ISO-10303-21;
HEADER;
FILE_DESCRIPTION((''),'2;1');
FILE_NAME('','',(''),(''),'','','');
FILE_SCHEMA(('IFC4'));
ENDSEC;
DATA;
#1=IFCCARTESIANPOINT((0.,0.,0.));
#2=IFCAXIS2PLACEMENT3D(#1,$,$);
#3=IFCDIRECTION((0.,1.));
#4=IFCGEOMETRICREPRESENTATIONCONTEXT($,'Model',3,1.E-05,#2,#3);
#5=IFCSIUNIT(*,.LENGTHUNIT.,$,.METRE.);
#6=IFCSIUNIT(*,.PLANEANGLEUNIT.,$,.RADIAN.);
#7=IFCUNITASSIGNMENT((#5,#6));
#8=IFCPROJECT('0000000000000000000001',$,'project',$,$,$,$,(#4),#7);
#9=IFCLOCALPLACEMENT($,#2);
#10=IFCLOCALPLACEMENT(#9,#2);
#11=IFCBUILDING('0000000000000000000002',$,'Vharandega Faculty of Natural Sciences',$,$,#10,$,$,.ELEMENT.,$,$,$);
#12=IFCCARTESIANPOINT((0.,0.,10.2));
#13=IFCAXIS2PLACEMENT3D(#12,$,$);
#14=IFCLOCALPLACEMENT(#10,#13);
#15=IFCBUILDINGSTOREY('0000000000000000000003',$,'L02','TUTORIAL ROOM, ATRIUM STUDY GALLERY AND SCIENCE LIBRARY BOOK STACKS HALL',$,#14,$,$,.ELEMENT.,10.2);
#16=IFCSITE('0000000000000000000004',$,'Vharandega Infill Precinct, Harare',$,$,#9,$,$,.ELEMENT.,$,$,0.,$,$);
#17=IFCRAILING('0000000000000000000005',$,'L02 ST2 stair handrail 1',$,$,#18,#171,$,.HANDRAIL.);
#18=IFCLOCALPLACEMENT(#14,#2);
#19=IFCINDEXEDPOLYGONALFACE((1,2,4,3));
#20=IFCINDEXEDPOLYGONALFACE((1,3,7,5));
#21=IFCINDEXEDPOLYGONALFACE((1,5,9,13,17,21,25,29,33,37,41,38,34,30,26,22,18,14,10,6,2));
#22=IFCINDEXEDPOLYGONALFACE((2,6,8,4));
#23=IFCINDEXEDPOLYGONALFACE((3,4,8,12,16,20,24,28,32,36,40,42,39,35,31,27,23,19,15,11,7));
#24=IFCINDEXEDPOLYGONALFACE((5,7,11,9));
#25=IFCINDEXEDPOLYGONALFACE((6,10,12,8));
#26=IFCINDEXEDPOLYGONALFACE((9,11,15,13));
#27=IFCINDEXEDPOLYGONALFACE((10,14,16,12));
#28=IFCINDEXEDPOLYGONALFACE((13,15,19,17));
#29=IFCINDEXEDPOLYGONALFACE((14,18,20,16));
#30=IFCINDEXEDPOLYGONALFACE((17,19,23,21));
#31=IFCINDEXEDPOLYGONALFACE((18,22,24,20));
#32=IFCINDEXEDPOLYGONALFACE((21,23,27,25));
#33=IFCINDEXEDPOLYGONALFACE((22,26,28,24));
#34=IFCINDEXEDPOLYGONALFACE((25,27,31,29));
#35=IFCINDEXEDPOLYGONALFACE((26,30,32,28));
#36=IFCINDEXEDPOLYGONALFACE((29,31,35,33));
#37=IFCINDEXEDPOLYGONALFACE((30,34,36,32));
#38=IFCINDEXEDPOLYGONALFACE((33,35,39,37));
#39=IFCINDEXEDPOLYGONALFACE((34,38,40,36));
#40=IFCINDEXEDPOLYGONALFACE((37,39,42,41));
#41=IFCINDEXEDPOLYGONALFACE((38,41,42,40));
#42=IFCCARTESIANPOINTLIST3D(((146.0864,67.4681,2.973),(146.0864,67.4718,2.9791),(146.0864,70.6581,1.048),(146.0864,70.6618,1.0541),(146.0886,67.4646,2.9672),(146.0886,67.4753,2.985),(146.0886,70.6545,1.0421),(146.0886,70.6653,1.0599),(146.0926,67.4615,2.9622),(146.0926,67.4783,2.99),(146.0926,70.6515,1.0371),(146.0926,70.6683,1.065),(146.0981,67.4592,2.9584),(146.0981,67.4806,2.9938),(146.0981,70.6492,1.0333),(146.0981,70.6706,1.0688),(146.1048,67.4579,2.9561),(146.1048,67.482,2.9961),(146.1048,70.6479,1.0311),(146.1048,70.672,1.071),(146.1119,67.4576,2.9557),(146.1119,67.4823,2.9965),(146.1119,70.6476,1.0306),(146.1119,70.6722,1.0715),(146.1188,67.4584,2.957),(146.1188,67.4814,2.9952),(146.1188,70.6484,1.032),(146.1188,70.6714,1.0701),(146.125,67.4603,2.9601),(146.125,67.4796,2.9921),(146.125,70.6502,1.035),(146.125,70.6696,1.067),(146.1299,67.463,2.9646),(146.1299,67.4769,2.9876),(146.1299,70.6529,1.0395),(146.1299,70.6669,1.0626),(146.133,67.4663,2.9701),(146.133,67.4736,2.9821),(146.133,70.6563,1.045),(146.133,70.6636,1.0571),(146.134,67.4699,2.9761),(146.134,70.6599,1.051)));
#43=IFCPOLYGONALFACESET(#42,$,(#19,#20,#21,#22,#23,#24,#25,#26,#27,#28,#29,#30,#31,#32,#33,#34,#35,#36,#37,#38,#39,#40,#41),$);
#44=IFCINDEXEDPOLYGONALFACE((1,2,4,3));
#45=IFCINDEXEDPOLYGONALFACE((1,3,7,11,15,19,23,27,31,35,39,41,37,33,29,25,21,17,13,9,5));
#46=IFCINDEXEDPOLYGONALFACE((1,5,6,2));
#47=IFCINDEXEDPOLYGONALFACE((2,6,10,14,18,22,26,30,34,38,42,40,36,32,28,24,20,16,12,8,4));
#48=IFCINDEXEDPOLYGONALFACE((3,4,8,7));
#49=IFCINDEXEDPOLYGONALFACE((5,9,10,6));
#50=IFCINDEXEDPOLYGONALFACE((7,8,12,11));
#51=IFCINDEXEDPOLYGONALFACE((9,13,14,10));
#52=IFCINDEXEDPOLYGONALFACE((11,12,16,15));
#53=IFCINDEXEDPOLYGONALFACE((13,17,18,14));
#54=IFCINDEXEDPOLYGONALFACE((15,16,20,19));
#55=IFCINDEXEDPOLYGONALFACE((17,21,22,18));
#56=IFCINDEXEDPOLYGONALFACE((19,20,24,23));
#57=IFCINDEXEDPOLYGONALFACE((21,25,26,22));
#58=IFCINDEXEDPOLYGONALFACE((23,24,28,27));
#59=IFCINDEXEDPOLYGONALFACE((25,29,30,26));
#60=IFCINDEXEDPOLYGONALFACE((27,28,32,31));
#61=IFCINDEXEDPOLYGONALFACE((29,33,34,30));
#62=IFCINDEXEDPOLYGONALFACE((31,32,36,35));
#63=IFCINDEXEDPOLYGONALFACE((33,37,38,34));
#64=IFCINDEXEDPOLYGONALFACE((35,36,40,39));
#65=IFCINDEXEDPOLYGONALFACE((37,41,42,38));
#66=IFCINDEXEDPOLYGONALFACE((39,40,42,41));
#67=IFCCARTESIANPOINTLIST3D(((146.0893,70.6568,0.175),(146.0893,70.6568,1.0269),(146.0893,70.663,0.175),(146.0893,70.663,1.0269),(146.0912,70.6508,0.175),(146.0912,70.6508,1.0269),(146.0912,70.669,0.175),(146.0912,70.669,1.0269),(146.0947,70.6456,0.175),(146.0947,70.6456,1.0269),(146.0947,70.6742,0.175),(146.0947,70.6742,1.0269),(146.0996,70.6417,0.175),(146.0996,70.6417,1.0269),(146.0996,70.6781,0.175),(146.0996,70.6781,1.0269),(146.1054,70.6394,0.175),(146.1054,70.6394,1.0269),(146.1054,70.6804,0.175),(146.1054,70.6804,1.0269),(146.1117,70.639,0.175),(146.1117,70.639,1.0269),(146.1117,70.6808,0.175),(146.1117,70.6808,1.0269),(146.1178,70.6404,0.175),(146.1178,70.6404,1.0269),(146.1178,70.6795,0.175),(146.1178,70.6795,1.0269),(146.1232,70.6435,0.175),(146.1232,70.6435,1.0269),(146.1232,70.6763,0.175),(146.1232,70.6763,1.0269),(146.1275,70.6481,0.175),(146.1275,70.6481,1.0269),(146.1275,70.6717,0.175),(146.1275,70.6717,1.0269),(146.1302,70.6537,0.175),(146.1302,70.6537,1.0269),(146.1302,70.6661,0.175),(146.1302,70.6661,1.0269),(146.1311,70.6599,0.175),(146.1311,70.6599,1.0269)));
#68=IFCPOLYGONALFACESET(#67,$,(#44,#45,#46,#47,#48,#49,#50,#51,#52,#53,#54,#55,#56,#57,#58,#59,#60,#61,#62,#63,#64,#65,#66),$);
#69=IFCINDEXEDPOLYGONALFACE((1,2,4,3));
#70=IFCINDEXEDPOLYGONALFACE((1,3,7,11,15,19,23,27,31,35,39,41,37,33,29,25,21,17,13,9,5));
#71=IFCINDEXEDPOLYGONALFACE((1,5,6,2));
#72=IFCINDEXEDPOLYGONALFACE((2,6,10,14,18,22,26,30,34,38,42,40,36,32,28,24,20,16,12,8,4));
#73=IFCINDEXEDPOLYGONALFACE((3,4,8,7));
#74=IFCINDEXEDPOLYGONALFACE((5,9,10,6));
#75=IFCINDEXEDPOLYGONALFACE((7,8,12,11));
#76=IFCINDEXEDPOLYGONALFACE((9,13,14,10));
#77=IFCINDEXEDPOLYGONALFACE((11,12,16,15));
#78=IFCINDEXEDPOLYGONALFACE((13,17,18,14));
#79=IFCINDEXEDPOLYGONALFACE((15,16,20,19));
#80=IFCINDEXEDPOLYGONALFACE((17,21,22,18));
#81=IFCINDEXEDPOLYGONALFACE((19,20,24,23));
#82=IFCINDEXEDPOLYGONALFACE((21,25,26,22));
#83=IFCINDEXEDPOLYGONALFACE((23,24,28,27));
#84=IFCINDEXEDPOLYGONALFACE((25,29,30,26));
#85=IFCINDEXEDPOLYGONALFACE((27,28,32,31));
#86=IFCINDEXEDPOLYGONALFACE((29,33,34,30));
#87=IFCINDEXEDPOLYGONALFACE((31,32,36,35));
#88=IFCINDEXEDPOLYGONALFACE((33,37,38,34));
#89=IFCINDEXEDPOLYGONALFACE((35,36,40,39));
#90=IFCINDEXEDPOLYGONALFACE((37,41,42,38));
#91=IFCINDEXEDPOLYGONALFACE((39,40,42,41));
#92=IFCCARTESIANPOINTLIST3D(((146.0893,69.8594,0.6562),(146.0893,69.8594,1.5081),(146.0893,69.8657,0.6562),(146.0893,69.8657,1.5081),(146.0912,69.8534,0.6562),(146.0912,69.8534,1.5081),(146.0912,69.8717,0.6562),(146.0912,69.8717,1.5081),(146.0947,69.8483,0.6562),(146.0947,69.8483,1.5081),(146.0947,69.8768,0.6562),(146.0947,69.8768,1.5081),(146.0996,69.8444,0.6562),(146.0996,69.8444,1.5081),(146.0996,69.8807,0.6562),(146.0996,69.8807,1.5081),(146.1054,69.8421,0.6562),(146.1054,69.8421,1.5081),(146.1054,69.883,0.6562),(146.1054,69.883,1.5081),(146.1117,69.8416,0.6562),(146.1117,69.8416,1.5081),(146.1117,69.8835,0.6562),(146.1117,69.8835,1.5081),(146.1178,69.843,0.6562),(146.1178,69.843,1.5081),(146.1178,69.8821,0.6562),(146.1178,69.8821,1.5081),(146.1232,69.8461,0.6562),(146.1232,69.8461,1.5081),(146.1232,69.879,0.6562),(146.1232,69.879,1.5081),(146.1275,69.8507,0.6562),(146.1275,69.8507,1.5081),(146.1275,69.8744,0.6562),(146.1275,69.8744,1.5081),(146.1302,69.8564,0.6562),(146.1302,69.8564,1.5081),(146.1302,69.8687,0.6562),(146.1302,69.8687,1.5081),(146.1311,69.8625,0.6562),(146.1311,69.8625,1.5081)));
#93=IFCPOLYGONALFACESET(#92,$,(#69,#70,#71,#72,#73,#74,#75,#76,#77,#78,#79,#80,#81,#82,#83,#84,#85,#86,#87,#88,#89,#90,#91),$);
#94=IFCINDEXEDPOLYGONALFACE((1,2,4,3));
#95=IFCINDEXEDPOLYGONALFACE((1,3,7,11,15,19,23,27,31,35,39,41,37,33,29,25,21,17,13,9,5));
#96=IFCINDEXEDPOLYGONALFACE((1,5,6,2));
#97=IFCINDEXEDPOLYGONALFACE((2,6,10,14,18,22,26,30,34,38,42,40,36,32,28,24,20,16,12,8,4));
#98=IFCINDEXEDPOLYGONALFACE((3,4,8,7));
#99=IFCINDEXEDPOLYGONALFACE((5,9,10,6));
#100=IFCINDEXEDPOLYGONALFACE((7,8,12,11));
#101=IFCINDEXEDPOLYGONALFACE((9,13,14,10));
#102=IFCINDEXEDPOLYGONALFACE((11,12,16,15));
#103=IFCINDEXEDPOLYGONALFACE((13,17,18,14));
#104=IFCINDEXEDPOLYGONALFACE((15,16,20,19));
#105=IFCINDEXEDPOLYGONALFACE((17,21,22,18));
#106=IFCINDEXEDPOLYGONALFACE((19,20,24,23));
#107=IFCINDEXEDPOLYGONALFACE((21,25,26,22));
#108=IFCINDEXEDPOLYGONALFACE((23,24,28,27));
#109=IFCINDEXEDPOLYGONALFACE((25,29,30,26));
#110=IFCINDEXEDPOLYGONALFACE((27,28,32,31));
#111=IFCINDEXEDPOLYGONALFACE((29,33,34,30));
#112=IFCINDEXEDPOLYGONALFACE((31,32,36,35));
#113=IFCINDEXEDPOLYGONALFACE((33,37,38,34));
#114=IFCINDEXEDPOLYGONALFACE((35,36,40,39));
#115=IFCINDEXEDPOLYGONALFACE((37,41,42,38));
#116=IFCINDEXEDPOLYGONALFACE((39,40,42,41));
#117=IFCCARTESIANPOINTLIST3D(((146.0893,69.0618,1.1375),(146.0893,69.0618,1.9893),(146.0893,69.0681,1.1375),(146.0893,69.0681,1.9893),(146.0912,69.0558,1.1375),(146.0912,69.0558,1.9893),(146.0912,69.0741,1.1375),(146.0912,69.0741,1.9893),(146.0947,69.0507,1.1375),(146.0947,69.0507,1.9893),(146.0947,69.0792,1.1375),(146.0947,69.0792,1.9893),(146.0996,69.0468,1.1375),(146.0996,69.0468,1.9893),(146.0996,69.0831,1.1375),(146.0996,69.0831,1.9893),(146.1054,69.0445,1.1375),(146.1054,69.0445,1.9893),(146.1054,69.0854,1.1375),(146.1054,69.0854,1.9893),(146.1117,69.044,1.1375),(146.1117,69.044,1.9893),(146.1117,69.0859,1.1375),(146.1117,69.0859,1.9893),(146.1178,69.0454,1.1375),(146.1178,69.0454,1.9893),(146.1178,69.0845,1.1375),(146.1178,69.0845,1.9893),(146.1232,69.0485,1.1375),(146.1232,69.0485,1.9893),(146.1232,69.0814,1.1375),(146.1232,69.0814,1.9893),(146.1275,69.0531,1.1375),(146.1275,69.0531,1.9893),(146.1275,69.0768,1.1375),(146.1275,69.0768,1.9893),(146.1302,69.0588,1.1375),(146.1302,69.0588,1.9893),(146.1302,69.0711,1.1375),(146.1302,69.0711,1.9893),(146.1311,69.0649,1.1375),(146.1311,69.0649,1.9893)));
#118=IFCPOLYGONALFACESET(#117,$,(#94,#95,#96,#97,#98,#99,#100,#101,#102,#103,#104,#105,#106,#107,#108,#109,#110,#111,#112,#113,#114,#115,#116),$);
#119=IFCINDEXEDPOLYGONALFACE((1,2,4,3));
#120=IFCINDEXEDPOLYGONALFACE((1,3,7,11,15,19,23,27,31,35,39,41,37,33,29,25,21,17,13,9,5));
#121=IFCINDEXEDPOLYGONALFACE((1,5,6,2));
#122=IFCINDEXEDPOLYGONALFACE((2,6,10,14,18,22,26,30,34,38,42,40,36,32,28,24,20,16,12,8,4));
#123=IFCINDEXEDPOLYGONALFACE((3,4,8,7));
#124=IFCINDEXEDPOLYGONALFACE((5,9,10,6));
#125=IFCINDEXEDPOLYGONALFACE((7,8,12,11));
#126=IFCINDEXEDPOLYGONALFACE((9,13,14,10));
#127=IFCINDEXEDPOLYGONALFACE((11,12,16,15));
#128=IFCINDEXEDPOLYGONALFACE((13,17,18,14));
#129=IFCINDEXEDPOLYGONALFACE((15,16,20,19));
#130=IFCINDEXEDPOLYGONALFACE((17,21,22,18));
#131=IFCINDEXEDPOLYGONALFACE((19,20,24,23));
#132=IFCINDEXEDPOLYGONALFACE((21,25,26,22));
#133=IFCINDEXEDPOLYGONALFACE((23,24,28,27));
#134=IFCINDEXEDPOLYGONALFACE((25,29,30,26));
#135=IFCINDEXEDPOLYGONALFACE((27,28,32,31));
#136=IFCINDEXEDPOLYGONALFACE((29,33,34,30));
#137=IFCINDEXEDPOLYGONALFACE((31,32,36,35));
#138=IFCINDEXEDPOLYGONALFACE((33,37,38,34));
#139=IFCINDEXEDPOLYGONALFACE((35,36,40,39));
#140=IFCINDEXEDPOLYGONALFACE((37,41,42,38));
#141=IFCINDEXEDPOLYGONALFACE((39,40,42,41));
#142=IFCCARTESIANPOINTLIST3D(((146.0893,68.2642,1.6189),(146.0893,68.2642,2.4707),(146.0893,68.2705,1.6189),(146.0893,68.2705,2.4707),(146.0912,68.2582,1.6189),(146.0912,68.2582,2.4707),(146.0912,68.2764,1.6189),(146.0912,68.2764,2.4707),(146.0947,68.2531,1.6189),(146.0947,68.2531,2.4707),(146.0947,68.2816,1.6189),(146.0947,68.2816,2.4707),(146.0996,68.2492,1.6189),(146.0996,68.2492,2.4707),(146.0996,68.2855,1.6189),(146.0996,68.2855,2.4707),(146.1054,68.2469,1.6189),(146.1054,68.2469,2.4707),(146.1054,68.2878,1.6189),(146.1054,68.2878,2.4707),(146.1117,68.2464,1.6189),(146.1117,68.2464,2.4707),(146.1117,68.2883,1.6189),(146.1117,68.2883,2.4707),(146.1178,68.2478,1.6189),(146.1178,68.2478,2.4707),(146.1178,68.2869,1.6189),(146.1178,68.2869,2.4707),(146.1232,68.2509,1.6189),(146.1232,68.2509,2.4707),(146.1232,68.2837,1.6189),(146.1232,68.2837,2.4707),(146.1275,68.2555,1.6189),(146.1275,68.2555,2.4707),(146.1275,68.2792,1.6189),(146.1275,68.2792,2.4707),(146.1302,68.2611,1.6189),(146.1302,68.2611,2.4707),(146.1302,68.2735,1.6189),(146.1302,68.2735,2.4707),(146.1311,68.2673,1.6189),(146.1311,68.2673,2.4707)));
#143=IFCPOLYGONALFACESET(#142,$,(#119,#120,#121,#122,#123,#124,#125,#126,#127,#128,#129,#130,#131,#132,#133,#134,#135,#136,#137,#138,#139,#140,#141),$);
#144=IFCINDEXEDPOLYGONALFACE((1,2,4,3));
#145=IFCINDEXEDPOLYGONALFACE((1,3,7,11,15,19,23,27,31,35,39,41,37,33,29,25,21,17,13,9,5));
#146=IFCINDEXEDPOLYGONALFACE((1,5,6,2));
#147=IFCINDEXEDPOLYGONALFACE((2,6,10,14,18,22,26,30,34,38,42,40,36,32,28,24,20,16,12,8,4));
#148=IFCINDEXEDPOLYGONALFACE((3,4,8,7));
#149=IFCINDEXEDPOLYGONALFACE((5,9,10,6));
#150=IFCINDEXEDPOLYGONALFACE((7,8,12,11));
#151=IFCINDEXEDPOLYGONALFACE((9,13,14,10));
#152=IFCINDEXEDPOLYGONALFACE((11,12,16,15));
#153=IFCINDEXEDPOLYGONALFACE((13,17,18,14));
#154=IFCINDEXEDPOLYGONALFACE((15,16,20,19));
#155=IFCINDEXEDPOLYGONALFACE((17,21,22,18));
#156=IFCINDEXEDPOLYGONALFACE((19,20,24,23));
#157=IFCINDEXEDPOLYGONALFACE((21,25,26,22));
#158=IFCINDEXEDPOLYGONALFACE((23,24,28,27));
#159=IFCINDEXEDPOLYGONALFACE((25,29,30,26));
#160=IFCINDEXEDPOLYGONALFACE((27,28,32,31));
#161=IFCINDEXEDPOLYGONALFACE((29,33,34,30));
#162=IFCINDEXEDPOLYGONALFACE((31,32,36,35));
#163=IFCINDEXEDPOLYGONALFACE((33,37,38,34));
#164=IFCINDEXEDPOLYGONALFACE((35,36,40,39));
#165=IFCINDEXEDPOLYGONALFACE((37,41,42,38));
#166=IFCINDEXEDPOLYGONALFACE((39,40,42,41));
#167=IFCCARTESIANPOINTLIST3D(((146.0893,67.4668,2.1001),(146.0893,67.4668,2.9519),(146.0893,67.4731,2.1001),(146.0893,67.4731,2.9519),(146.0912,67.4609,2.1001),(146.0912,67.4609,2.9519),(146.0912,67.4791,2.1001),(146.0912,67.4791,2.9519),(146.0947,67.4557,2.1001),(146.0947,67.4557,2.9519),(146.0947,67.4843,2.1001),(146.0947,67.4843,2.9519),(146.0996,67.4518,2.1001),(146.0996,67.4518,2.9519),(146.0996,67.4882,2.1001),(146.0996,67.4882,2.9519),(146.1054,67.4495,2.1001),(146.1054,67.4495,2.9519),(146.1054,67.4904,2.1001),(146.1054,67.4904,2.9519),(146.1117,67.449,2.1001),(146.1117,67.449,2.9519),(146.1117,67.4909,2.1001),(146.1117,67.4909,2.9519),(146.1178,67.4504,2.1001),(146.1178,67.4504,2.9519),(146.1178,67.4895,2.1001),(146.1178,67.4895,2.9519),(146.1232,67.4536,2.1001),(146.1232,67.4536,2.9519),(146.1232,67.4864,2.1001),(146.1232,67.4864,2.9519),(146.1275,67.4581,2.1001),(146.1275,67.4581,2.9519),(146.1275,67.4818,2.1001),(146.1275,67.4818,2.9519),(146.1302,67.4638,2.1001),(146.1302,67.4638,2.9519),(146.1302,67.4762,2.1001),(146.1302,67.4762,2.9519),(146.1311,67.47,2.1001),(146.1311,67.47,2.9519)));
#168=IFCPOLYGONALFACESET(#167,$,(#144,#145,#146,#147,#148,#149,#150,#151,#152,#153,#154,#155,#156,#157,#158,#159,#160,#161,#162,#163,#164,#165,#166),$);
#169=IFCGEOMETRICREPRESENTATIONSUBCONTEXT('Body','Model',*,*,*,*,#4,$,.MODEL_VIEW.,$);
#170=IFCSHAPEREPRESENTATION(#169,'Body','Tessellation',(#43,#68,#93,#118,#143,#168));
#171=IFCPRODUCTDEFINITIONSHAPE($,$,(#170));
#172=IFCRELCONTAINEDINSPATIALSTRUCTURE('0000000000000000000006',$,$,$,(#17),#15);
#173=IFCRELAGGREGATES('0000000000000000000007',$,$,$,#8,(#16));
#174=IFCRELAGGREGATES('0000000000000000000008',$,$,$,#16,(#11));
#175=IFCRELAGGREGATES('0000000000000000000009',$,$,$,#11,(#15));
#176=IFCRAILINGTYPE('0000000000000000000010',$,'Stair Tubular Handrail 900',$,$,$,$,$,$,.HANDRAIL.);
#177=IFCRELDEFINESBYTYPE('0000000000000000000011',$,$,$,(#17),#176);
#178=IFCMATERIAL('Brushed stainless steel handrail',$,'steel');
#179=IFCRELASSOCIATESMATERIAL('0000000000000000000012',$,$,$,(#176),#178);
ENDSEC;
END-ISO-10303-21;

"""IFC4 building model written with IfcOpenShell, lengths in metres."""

from ifc_helpers import new_model, si_unit, direction, frame, origin, origin_2d, place, context, subcontext, project, spatial, circle, extrude, material, type_object, element, save


model = new_model("IFC4")

# Units and contexts
model_context = context("Model", 3, precision=1e-05, world=origin(), true_north=direction((0.0, 1.0)))
body_context = subcontext(model_context, "Body", "Model", "MODEL_VIEW")
ifc_project = project(units=[si_unit("LENGTHUNIT", "METRE"), si_unit("PLANEANGLEUNIT", "RADIAN")], contexts=[model_context])

# Site, building, storey
site_placement = place(None, origin())
site = spatial("IfcSite", under=ifc_project, at=site_placement, Name="Vharandega Infill Precinct, Harare", CompositionType="ELEMENT", RefElevation=0.0)
building_placement = place(site_placement, origin())
building = spatial("IfcBuilding", under=site, at=building_placement, Name="Vharandega Faculty of Natural Sciences", CompositionType="ELEMENT")
storey_placement = place(building_placement, frame((0.0, 0.0, 10.2)))
storey = spatial("IfcBuildingStorey", under=building, at=storey_placement, Name="L02", Description="TUTORIAL ROOM, ATRIUM STUDY GALLERY AND SCIENCE LIBRARY BOOK STACKS HALL", CompositionType="ELEMENT", Elevation=10.2)

# Railing
ifc_material_1 = material(Name="Brushed stainless steel handrail", Category="steel")
railing_type_1 = type_object("IfcRailingType", Name="Stair Tubular Handrail 900", PredefinedType="HANDRAIL", material=ifc_material_1)
railing_1_placement = place(storey_placement, frame((146.1101, 70.6599, 0.175)))
element("IfcRailing", 1, at=railing_1_placement, inside=storey, type_object=railing_type_1, Name="L02 ST2 stair handrail 1", PredefinedType="HANDRAIL", context=body_context, shape_type="SweptSolid", body=[
    extrude(circle(Radius=0.0239, at=origin_2d()), frame((0.0, 0.0, 0.876), z_axis=(0.0, -0.856178, 0.516682), x_axis=(1.0, 0.0, 0.0)), (0.0, 0.0, 1.0), 3.7258),
    extrude(circle(Radius=0.021, at=origin_2d()), origin(), (0.0, 0.0, 1.0), 0.8518),
    extrude(circle(Radius=0.021, at=origin_2d()), frame((0.0, -0.7974, 0.4812)), (0.0, 0.0, 1.0), 0.8518),
    extrude(circle(Radius=0.021, at=origin_2d()), frame((0.0, -1.595, 0.9624)), (0.0, 0.0, 1.0), 0.8518),
    extrude(circle(Radius=0.021, at=origin_2d()), frame((0.0, -2.3926, 1.4438)), (0.0, 0.0, 1.0), 0.8518),
    extrude(circle(Radius=0.021, at=origin_2d()), frame((0.0, -3.1899, 1.925)), (0.0, 0.0, 1.0), 0.8518),
])

save(model, "model.ifc")
